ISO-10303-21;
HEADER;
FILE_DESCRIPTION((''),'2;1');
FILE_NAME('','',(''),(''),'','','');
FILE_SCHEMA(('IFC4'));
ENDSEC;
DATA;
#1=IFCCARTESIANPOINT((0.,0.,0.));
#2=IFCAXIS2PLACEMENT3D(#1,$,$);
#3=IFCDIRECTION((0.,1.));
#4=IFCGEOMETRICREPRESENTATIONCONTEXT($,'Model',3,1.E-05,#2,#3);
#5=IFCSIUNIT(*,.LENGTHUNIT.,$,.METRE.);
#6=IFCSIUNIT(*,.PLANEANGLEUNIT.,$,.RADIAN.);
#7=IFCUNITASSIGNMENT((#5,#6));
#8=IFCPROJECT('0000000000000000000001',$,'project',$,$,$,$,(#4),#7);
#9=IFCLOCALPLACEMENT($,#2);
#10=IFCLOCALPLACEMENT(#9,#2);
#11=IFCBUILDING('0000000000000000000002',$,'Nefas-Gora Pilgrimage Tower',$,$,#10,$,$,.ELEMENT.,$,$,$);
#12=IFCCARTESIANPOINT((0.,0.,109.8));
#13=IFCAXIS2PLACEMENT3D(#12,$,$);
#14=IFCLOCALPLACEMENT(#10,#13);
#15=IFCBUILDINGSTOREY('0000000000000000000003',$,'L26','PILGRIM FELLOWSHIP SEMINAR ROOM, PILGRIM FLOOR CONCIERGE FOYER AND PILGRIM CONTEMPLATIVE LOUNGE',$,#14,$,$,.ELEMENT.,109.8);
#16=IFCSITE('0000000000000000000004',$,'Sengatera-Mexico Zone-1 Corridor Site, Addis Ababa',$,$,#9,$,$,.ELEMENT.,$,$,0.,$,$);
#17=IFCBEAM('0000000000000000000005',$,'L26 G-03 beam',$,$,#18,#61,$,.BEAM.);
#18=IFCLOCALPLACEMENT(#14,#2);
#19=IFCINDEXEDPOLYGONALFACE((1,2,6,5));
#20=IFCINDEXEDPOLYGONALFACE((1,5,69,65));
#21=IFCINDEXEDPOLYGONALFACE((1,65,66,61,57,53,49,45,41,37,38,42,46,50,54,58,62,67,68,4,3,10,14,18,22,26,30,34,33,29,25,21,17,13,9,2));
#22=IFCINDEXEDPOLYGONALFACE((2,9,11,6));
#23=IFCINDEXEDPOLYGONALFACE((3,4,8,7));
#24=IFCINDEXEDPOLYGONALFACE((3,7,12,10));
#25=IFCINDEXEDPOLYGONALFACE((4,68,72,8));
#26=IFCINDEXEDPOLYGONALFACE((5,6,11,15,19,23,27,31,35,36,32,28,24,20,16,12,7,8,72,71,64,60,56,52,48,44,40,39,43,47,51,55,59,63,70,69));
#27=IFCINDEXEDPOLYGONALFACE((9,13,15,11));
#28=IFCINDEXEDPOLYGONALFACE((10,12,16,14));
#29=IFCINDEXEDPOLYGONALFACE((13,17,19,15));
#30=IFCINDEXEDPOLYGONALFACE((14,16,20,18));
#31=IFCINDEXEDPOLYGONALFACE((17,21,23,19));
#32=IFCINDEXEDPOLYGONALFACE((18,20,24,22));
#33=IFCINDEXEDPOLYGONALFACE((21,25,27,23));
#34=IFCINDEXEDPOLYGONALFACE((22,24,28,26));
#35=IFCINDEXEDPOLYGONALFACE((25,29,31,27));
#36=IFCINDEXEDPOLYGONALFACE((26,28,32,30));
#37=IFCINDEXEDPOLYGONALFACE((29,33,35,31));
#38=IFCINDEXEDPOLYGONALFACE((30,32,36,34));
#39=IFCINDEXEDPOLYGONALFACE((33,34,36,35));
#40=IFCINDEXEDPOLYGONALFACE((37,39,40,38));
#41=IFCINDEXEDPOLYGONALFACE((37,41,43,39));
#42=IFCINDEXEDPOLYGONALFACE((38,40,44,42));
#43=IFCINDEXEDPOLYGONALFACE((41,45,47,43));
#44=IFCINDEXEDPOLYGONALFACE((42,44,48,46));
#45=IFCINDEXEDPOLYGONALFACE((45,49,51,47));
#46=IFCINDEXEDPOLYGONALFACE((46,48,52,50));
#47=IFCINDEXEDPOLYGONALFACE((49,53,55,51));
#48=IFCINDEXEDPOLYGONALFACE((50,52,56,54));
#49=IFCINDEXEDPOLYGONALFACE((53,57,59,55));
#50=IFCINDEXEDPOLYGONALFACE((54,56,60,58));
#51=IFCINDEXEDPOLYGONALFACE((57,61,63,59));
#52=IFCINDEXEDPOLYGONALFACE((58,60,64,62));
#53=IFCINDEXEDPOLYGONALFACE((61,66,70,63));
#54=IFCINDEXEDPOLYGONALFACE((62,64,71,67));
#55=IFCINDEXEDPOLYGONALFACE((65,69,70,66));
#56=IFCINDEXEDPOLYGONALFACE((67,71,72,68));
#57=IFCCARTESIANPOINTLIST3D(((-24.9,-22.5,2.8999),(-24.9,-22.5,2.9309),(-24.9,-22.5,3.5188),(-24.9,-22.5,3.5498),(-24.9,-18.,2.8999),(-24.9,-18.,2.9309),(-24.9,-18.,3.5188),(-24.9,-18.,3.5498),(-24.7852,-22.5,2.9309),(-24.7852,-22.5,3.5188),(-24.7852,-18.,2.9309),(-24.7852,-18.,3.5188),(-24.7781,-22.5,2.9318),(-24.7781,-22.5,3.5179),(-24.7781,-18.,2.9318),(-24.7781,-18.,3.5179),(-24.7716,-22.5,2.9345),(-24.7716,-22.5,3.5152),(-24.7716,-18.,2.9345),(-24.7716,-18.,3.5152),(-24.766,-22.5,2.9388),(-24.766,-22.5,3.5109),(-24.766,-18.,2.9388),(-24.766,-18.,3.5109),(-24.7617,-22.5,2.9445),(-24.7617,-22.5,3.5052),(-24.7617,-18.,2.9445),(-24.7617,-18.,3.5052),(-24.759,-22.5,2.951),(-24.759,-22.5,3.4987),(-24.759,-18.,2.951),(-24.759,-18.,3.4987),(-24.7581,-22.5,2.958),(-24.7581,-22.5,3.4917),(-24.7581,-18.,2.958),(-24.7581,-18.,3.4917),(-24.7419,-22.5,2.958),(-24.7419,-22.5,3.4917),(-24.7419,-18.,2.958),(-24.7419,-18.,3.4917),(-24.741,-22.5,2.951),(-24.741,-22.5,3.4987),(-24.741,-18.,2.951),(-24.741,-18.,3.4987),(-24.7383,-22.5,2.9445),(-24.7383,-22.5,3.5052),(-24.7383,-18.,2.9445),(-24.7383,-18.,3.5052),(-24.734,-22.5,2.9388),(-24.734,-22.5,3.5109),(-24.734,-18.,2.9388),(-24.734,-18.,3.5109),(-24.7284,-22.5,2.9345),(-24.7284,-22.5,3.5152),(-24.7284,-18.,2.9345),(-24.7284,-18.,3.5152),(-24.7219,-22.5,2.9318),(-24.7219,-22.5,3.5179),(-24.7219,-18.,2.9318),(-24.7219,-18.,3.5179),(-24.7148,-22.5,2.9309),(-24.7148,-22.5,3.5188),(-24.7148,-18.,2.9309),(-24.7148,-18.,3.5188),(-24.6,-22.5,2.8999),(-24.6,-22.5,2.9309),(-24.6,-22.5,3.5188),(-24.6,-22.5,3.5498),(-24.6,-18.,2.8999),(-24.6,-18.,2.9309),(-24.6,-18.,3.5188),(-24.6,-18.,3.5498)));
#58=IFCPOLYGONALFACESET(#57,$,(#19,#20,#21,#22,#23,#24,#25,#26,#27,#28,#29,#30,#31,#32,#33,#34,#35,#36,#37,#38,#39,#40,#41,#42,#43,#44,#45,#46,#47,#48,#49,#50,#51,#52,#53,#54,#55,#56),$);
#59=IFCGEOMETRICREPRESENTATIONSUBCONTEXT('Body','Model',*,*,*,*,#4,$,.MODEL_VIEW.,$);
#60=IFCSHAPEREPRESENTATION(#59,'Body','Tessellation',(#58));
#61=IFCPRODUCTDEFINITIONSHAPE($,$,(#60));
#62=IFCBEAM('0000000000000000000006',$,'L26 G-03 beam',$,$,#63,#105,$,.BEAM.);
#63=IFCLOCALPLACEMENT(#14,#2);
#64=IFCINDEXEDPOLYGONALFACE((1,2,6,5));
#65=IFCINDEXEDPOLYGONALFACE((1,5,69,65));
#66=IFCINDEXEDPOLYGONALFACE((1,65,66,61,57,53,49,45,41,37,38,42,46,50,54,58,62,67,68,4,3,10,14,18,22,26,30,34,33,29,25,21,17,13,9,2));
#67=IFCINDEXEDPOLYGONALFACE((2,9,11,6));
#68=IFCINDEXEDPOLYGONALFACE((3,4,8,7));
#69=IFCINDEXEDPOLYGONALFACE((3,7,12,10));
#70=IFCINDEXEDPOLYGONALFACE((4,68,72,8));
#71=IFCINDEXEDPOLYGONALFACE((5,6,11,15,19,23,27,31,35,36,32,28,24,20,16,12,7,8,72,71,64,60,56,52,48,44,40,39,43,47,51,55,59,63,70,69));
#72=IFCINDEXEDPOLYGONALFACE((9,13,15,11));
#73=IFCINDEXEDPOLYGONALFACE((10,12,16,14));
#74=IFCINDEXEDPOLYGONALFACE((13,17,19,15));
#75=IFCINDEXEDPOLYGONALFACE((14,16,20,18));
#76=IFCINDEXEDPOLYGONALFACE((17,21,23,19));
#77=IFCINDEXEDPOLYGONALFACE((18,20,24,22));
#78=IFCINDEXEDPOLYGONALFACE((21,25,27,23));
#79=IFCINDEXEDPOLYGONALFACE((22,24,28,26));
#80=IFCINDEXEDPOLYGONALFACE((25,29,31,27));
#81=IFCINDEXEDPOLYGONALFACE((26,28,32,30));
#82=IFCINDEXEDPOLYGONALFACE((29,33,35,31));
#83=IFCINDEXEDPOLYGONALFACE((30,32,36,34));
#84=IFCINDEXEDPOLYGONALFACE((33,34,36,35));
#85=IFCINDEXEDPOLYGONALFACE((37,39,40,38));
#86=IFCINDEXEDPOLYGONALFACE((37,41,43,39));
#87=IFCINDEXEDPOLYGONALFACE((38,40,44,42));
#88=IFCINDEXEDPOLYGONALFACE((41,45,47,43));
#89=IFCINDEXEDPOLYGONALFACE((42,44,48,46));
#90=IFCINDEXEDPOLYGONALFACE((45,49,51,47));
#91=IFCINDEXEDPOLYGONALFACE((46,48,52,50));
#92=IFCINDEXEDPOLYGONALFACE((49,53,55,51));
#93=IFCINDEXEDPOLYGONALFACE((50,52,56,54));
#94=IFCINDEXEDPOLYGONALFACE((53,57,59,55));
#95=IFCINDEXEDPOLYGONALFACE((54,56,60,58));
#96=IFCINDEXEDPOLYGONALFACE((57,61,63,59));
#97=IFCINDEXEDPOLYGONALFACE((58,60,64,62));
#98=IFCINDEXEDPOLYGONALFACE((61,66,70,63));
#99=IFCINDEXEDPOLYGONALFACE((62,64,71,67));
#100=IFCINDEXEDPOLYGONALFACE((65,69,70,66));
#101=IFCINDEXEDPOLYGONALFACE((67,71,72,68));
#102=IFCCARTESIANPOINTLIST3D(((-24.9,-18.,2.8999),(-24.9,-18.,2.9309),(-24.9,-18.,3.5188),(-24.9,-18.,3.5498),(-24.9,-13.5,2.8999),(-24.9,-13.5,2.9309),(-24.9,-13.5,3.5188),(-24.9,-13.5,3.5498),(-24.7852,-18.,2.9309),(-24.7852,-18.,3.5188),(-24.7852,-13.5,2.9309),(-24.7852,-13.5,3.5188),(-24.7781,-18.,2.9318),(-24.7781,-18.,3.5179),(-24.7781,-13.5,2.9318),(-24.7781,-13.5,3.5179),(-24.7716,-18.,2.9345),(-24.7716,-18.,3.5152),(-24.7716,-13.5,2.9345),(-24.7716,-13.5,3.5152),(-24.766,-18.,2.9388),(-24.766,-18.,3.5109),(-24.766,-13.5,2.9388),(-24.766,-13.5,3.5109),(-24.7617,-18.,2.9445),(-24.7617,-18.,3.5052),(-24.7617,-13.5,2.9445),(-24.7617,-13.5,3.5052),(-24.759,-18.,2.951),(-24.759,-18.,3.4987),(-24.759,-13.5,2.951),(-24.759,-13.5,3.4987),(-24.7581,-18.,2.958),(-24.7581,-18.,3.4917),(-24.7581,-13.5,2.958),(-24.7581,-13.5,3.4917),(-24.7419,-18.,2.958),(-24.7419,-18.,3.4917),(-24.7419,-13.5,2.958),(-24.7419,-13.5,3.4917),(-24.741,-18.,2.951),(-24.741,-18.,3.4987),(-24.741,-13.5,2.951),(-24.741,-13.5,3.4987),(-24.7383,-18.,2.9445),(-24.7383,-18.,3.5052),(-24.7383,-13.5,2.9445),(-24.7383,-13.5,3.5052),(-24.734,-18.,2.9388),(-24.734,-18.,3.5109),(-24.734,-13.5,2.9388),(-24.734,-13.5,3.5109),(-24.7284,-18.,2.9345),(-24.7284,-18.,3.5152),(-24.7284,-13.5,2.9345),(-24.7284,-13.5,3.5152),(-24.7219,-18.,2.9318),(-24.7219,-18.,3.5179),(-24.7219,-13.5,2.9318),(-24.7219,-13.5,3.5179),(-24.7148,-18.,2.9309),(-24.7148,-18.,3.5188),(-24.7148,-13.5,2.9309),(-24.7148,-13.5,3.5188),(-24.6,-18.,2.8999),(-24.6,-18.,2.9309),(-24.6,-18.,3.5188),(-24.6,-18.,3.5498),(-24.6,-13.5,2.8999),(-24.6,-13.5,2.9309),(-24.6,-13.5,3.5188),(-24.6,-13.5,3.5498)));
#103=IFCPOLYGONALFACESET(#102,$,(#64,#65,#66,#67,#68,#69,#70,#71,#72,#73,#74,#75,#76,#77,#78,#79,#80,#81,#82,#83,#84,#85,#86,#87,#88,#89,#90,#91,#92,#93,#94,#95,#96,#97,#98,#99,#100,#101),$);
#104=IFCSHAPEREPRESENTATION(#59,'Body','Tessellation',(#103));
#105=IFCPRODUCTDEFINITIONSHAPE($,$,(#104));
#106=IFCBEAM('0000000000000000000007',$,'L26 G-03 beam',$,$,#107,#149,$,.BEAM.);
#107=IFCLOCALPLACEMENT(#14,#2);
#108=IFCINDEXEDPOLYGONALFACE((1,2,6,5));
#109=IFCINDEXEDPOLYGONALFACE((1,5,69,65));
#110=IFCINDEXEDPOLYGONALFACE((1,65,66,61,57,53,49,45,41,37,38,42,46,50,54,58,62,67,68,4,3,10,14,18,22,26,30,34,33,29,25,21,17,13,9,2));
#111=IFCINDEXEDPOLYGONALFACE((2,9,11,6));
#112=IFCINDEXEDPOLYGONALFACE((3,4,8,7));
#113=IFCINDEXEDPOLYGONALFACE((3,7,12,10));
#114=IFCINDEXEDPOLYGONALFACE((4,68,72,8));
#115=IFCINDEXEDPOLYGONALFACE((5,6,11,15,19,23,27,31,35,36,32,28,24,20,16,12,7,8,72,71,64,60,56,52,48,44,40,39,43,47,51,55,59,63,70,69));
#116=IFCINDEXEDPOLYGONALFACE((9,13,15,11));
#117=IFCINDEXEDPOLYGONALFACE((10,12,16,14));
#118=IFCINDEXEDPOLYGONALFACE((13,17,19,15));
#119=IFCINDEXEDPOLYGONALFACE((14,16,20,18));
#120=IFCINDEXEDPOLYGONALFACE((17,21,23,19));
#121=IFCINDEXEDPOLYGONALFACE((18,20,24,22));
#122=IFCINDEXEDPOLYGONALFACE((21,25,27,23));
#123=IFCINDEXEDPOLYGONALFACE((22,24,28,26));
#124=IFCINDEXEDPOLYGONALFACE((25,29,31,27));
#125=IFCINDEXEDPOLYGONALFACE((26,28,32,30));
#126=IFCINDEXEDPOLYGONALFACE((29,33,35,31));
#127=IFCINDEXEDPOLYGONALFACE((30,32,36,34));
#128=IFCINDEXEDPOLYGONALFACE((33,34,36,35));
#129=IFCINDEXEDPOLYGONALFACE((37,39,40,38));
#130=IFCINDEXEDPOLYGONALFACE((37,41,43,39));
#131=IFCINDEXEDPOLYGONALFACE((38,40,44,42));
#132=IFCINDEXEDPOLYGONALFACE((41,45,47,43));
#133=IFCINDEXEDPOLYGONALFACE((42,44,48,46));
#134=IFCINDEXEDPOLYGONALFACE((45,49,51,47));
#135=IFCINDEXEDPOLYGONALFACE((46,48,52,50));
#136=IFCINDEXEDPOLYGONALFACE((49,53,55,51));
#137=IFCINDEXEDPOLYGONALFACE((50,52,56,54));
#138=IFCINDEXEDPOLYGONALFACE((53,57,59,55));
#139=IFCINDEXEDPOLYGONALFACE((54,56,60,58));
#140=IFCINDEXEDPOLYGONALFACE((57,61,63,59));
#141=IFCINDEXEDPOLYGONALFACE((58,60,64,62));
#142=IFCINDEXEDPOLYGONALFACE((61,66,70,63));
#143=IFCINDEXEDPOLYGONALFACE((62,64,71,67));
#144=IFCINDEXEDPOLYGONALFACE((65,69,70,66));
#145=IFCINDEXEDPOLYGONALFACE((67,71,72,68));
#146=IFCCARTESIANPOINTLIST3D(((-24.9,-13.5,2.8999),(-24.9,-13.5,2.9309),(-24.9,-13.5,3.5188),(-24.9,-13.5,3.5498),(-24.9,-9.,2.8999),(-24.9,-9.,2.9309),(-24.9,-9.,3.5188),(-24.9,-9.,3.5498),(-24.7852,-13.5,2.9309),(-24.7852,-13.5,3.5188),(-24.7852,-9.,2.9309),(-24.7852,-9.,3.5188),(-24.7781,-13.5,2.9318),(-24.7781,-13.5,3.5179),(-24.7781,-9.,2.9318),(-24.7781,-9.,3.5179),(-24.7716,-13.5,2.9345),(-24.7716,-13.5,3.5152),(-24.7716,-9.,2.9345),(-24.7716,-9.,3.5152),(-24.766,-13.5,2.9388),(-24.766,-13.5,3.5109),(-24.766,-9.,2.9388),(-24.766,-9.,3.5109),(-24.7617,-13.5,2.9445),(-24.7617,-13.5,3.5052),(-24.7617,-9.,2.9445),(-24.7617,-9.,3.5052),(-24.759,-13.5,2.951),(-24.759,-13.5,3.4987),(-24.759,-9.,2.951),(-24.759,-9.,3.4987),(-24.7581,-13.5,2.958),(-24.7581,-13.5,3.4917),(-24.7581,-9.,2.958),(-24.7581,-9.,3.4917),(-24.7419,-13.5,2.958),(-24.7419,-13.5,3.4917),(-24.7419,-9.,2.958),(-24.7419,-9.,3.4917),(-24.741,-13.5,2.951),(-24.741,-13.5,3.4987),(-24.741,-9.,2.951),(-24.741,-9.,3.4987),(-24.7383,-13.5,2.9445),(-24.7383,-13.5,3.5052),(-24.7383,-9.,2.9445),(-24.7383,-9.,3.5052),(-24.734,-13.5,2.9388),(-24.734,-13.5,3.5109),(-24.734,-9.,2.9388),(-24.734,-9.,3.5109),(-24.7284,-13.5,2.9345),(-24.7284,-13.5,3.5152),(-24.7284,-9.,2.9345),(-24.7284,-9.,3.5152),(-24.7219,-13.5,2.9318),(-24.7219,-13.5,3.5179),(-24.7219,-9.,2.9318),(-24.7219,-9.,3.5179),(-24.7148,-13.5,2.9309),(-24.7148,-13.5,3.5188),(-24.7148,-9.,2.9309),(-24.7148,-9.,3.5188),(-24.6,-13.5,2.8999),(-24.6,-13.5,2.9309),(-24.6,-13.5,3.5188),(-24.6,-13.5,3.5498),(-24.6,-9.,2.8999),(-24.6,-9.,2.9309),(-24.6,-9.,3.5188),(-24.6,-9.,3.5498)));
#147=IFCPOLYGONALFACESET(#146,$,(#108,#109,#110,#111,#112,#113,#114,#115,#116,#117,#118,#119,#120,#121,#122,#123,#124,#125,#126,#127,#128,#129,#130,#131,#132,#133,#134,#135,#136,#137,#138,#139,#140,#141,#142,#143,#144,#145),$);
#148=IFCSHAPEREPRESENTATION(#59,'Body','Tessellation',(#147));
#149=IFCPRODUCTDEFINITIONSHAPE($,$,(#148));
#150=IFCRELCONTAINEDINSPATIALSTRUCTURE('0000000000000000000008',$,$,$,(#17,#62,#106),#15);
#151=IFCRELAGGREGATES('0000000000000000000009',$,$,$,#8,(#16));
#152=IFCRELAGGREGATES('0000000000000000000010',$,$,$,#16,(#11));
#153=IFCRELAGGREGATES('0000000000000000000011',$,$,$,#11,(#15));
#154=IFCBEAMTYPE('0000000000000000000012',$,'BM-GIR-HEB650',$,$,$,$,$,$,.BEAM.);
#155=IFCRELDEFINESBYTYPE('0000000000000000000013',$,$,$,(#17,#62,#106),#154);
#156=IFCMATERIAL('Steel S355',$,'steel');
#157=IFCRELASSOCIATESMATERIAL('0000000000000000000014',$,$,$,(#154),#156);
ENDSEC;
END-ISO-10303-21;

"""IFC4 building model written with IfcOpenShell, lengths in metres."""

from ifc_helpers import new_model, si_unit, direction, frame, origin, origin_2d, place, context, subcontext, project, spatial, i_section, extrude, source, transform, mapped, material, material_profile, profile_set, type_object, element, save


model = new_model("IFC4")

# Units and contexts
model_context = context("Model", 3, precision=1e-05, world=origin(), true_north=direction((0.0, 1.0)))
body_context = subcontext(model_context, "Body", "Model", "MODEL_VIEW")
ifc_project = project(units=[si_unit("LENGTHUNIT", "METRE"), si_unit("PLANEANGLEUNIT", "RADIAN")], contexts=[model_context])

# Site, building, storey
site_placement = place(None, origin())
site = spatial("IfcSite", under=ifc_project, at=site_placement, Name="Sengatera-Mexico Zone-1 Corridor Site, Addis Ababa", CompositionType="ELEMENT", RefElevation=0.0)
building_placement = place(site_placement, origin())
building = spatial("IfcBuilding", under=site, at=building_placement, Name="Nefas-Gora Pilgrimage Tower", CompositionType="ELEMENT")
storey_placement = place(building_placement, frame((0.0, 0.0, 109.8)))
storey = spatial("IfcBuildingStorey", under=building, at=storey_placement, Name="L26", Description="PILGRIM FELLOWSHIP SEMINAR ROOM, PILGRIM FLOOR CONCIERGE FOYER AND PILGRIM CONTEMPLATIVE LOUNGE", CompositionType="ELEMENT", Elevation=109.8)

# Beams
ifc_material_1 = material(Name="Steel S355", Category="steel")
ifc_material_profile_1 = material_profile(ifc_material_1, i_section(OverallWidth=0.3, OverallDepth=0.6499, WebThickness=0.0161, FlangeThickness=0.031, FilletRadius=0.0271, at=origin_2d()), Name="HEB 650")
ifc_profile_set_1 = profile_set([ifc_material_profile_1], Name="Steel S355")
beam_type_1 = type_object("IfcBeamType", Name="BM-GIR-HEB650", PredefinedType="BEAM", material=ifc_profile_set_1)
shared_shape_1 = source(origin(), body_context, "Body", "SweptSolid", [
    extrude(i_section(OverallWidth=0.3, OverallDepth=0.6499, WebThickness=0.0161, FlangeThickness=0.031, FilletRadius=0.0271, at=origin_2d()), origin(), (0.0, 0.0, 1.0), 4.5),
])
for number, where, z_axis, x_axis, name in (
    (1, (-24.75, -22.5, 3.2249), (0.0, 1.0, 0.0), (-1.0, 0.0, 0.0), "L26 G-03 beam"),
    (2, (-24.75, -18.0, 3.2249), (0.0, 1.0, 0.0), (-1.0, 0.0, 0.0), "L26 G-03 beam"),
    (3, (-24.75, -13.5, 3.2249), (0.0, 1.0, 0.0), (-1.0, 0.0, 0.0), "L26 G-03 beam"),
):
    element("IfcBeam", number, at=place(storey_placement, frame(where, z_axis=z_axis, x_axis=x_axis)), inside=storey, type_object=beam_type_1, Name=name, PredefinedType="BEAM", context=body_context, shape_type="MappedRepresentation", body=[
        mapped(shared_shape_1, transform((0.0, 0.0, 0.0), x_axis=(1.0, 0.0, 0.0), y_axis=(0.0, 1.0, 0.0), z_axis=(0.0, 0.0, 1.0), scale=1.0)),
    ])

save(model, "model.ifc")
